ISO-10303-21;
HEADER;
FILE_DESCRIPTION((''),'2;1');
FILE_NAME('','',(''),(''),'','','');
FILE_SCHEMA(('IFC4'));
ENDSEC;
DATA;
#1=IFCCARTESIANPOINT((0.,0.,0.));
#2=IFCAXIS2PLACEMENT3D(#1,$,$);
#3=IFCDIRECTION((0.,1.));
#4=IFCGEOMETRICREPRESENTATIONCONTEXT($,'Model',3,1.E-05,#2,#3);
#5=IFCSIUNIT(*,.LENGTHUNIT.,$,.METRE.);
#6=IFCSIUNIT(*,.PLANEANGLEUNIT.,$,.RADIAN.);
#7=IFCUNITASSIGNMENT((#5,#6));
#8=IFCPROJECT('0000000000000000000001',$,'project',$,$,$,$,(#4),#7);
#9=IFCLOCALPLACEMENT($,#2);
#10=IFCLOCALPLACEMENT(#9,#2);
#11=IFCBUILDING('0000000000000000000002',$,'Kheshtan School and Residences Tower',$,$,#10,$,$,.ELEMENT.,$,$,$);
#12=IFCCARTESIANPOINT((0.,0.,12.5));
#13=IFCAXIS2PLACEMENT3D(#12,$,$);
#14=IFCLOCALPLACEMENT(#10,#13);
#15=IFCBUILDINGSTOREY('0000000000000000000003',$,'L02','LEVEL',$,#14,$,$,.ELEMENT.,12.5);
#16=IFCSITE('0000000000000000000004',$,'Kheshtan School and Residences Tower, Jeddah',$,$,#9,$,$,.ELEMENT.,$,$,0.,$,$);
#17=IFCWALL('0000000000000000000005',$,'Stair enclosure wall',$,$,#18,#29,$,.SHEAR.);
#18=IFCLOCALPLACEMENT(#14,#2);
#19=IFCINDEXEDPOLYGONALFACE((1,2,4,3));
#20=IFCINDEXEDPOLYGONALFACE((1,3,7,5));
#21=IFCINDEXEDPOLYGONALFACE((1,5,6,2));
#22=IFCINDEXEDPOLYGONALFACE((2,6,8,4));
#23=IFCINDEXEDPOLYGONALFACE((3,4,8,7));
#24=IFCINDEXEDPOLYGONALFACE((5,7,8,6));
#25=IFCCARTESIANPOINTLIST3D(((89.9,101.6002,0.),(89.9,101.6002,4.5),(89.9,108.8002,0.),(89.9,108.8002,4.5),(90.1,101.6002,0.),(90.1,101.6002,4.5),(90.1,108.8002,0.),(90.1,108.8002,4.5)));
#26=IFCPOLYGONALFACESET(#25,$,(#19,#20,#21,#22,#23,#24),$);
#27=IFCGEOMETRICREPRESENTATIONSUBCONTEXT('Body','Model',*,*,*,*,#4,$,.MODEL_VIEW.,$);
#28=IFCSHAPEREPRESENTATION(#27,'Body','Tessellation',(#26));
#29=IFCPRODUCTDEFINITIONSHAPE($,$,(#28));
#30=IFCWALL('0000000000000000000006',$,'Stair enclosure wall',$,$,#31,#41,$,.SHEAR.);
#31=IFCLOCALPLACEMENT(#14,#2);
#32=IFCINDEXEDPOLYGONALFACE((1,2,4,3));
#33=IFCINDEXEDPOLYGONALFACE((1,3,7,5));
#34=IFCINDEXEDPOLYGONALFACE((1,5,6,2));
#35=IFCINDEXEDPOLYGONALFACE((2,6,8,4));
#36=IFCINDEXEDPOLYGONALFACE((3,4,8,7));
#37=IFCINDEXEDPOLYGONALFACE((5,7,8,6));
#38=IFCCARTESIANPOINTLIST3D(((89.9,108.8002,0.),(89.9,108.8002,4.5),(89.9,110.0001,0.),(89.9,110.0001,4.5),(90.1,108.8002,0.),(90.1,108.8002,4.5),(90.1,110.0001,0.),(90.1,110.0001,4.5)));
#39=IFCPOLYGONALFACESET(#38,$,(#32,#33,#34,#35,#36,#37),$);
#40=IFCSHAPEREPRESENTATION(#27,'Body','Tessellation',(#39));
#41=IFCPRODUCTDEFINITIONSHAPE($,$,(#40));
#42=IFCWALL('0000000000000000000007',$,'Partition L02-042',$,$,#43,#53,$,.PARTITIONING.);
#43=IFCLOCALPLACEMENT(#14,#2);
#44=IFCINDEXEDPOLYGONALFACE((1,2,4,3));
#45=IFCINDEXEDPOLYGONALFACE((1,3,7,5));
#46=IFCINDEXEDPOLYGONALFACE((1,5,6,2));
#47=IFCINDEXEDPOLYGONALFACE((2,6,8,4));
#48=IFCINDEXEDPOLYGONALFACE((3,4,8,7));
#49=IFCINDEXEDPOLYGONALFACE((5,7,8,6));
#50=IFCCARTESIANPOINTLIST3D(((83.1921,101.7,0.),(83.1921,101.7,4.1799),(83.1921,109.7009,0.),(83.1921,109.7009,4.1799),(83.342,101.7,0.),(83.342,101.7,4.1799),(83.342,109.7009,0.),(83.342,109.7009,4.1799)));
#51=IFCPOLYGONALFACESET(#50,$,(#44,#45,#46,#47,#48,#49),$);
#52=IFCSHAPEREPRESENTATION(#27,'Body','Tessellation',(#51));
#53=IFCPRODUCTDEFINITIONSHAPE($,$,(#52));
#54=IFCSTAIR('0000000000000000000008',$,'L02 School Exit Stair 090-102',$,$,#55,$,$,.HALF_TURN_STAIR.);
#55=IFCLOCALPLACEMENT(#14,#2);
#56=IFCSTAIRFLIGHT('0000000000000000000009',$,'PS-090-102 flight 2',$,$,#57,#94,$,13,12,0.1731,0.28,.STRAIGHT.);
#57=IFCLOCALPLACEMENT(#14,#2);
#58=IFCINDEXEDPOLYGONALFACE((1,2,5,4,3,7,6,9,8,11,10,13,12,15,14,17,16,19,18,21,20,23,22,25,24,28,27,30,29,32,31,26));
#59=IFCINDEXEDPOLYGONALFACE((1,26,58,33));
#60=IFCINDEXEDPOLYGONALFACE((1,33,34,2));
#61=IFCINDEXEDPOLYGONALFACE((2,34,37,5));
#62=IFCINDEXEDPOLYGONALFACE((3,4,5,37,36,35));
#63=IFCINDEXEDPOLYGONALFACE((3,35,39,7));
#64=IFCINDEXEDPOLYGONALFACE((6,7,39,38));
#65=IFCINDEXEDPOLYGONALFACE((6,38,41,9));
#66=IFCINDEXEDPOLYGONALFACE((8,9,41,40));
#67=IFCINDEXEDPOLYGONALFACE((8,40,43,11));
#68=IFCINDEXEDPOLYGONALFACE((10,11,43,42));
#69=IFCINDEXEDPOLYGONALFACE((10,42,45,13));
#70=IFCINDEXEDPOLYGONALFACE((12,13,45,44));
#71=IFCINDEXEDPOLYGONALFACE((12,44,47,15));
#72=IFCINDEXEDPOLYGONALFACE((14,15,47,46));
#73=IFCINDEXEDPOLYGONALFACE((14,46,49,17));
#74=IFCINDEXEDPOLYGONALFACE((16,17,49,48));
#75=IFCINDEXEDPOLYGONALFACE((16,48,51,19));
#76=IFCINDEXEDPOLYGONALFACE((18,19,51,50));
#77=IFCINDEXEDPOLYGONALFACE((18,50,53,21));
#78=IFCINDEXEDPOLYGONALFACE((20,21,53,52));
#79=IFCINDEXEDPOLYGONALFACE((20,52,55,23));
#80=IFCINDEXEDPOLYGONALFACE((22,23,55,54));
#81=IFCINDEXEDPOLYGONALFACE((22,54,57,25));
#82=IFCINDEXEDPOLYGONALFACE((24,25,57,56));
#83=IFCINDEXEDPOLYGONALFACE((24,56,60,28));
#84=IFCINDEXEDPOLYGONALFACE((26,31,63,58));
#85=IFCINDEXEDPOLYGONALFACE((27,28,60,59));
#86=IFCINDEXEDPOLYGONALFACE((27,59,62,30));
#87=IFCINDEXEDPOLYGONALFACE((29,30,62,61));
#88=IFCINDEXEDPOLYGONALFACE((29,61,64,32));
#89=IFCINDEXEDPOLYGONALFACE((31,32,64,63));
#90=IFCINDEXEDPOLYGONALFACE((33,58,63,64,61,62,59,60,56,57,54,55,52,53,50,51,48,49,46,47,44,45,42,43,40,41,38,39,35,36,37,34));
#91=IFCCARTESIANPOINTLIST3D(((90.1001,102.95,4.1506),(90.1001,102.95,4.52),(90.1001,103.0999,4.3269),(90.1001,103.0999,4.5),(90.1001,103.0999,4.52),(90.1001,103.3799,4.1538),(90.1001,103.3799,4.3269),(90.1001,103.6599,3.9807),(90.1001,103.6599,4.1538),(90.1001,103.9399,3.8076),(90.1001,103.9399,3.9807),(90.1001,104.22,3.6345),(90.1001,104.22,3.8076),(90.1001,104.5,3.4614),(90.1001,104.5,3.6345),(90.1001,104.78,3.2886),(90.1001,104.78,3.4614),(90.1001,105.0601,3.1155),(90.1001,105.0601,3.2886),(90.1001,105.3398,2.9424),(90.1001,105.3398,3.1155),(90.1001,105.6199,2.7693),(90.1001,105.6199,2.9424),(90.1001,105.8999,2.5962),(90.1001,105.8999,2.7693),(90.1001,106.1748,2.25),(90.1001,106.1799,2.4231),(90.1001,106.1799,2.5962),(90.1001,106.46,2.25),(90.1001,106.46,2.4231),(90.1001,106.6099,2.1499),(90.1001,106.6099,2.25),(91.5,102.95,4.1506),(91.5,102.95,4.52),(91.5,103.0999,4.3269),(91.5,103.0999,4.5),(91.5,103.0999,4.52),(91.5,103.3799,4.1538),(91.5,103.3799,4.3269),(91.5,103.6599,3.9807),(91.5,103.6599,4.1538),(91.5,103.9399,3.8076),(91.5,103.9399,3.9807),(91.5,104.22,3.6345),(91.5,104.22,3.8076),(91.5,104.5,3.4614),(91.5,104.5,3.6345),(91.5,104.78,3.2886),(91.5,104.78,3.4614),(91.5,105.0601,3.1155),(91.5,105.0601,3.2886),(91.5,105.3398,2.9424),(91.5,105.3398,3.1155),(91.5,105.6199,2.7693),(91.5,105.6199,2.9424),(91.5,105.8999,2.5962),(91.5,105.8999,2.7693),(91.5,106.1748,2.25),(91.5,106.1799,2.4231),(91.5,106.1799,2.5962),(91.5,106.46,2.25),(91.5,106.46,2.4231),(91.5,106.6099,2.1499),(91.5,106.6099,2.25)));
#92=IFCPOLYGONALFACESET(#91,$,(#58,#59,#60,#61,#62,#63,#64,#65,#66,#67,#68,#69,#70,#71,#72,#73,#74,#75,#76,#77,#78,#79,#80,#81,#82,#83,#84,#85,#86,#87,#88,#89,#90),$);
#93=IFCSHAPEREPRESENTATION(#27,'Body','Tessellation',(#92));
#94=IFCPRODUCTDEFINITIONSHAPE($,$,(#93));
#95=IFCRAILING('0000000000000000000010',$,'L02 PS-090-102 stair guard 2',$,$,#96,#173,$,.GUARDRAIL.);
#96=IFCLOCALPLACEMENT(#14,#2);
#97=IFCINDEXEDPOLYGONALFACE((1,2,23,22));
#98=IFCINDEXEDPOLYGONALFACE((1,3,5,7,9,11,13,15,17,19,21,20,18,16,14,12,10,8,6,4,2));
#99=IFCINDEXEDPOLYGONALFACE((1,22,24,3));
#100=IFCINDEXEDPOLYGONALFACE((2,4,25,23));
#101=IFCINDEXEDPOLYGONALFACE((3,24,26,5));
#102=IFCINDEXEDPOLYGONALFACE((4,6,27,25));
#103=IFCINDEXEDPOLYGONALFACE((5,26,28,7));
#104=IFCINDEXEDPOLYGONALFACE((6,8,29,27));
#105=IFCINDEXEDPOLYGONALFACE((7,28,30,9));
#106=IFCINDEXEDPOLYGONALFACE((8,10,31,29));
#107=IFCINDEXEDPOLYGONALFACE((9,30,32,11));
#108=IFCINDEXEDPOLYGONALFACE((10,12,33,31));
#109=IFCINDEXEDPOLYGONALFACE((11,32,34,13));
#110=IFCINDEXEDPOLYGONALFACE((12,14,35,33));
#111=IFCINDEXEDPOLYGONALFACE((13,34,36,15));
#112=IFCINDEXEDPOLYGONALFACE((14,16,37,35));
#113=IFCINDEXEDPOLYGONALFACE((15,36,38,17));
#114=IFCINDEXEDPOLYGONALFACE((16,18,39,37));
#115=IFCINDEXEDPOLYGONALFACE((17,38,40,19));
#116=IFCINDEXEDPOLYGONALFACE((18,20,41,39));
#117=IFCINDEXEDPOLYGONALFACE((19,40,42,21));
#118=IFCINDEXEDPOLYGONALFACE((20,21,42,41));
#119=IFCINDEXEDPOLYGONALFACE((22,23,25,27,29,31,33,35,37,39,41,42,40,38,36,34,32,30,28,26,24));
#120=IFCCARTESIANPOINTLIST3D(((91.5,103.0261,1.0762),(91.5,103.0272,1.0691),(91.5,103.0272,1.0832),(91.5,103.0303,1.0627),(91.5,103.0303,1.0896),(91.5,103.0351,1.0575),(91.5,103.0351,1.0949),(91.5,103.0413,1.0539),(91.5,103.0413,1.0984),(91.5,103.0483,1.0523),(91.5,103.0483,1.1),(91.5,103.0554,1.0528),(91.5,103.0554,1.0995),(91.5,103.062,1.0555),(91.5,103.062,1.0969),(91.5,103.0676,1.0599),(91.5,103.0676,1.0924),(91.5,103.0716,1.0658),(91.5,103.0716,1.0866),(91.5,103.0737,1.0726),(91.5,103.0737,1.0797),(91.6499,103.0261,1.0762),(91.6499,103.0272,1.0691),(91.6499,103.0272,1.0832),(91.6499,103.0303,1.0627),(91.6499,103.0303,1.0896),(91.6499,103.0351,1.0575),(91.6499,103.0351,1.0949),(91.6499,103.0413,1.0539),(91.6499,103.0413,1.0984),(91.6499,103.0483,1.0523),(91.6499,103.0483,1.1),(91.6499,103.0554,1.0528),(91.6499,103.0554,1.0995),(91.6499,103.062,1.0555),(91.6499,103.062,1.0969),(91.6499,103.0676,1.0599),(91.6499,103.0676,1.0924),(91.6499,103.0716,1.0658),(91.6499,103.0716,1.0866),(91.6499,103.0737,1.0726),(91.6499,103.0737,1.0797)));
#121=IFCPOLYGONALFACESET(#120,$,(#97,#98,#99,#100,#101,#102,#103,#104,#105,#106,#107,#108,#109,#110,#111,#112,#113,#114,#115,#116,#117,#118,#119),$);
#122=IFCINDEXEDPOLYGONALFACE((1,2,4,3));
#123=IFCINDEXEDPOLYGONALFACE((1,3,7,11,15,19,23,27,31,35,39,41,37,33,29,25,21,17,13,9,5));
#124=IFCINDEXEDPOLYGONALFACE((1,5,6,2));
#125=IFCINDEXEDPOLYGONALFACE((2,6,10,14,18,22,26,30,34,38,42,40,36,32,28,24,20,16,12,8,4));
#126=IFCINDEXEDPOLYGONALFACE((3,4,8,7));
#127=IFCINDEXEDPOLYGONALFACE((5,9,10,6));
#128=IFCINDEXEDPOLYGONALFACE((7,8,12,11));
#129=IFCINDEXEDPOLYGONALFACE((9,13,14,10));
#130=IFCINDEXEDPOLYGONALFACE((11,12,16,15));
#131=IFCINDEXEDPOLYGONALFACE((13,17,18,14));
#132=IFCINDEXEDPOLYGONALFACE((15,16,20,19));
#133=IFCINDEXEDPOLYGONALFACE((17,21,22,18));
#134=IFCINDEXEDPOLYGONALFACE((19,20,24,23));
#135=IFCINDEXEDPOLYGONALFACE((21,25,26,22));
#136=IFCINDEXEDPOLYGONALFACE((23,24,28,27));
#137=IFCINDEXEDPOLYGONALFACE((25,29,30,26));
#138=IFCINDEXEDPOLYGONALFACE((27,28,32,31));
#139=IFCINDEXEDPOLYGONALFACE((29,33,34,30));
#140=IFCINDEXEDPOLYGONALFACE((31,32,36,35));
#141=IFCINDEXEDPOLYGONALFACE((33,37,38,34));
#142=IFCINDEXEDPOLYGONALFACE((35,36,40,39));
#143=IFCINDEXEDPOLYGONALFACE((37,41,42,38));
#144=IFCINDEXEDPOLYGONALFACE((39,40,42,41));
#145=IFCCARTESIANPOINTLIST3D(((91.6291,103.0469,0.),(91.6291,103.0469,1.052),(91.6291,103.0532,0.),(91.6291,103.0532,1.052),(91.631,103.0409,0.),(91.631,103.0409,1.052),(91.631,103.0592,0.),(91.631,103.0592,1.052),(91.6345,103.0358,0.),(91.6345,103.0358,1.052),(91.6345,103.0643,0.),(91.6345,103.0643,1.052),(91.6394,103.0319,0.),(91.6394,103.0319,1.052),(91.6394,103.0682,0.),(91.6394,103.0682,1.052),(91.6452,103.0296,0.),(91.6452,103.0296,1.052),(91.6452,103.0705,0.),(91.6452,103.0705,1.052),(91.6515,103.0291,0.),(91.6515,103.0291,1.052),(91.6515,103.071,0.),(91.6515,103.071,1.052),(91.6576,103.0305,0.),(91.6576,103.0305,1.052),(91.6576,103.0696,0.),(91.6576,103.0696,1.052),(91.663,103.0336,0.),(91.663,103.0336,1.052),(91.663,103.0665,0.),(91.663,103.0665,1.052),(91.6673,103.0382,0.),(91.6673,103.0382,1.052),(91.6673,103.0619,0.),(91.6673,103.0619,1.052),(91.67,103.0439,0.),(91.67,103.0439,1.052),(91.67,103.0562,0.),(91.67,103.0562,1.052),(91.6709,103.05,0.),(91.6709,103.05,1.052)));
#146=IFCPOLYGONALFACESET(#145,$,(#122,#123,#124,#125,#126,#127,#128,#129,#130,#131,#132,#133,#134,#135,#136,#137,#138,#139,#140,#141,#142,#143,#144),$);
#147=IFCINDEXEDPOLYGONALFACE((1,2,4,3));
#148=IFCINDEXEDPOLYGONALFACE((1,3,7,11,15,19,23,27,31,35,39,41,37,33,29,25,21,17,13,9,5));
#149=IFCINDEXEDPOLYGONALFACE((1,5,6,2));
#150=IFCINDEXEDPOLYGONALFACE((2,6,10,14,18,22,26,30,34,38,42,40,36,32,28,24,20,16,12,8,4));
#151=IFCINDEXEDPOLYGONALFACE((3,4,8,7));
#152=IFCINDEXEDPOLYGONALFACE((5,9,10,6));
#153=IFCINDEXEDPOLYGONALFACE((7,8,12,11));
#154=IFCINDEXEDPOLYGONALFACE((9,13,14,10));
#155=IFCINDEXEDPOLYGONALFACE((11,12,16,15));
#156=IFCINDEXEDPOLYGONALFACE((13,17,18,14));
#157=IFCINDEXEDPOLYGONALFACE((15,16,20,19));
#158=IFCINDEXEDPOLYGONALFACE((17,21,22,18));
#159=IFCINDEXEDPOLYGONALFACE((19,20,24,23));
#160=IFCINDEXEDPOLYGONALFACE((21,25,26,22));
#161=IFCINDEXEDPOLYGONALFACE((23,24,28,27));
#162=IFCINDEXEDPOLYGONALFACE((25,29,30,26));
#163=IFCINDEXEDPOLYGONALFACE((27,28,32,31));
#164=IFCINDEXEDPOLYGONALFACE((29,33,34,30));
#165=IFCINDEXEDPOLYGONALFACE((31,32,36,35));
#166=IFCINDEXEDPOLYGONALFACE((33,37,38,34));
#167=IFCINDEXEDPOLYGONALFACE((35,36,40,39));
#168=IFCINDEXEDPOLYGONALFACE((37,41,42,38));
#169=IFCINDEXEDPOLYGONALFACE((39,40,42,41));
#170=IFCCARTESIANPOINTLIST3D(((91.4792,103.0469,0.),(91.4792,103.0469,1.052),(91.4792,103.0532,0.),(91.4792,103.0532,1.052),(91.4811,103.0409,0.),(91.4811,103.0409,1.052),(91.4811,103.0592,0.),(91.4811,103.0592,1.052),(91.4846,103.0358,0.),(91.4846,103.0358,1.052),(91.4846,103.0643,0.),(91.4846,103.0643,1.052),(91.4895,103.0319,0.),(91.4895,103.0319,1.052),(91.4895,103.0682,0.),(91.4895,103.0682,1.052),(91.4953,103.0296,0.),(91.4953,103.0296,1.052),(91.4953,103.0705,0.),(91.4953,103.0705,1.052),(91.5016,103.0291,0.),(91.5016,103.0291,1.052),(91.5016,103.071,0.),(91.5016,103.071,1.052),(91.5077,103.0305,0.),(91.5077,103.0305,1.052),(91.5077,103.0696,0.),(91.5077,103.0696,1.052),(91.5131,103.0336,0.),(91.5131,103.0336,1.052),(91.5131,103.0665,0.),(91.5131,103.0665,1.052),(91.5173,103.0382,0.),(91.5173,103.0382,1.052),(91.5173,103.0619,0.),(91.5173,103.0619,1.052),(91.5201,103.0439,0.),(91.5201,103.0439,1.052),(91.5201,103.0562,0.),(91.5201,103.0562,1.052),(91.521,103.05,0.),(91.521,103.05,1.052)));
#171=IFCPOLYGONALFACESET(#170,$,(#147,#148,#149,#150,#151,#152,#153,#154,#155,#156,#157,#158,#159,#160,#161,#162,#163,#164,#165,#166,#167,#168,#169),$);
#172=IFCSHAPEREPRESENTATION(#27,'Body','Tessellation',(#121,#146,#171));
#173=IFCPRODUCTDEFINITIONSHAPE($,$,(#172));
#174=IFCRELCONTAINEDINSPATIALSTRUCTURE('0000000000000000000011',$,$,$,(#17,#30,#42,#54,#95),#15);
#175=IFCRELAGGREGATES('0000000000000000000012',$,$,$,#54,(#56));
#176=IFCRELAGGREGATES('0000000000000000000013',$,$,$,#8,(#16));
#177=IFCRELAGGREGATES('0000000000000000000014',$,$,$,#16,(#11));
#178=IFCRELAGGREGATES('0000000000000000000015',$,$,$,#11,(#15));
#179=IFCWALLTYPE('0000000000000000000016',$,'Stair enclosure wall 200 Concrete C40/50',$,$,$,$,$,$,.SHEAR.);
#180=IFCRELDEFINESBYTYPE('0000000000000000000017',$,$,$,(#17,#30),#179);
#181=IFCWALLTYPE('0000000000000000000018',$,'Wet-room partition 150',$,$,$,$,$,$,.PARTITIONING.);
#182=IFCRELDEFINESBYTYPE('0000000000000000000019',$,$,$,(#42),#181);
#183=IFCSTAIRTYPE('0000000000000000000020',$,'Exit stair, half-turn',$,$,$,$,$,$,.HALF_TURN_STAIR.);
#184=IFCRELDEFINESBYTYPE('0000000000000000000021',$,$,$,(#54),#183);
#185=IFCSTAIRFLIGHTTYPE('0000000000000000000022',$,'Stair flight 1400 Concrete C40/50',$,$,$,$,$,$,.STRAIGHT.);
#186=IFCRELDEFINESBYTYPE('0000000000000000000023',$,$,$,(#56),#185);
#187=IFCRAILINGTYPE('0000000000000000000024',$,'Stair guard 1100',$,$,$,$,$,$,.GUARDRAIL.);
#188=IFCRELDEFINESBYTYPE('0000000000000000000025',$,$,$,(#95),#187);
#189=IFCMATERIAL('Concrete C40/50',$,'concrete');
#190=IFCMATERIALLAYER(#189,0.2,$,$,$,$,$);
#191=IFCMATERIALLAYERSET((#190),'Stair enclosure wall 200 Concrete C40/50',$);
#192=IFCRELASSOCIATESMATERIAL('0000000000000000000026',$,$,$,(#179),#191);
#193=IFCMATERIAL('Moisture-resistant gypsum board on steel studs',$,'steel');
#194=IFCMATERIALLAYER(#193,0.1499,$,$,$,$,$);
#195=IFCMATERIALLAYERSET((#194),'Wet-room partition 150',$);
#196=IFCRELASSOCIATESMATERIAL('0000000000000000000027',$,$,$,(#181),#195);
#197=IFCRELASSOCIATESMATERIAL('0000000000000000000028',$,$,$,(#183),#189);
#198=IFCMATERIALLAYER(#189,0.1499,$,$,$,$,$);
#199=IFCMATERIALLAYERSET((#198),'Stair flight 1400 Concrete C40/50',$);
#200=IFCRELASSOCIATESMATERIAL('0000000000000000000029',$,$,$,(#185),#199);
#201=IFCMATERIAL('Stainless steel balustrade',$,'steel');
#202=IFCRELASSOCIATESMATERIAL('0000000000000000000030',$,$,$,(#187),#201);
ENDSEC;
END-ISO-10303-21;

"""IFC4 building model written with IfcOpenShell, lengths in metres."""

from ifc_helpers import new_model, si_unit, direction, frame, frame_2d, origin, origin_2d, place, context, subcontext, project, spatial, polyline, rectangle, circle, outline, extrude, material, layer, layer_set, type_object, element, aggregate, save


model = new_model("IFC4")

# Units and contexts
model_context = context("Model", 3, precision=1e-05, world=origin(), true_north=direction((0.0, 1.0)))
body_context = subcontext(model_context, "Body", "Model", "MODEL_VIEW")
ifc_project = project(units=[si_unit("LENGTHUNIT", "METRE"), si_unit("PLANEANGLEUNIT", "RADIAN")], contexts=[model_context])

# Site, building, storey
site_placement = place(None, origin())
site = spatial("IfcSite", under=ifc_project, at=site_placement, Name="Kheshtan School and Residences Tower, Jeddah", CompositionType="ELEMENT", RefElevation=0.0)
building_placement = place(site_placement, origin())
building = spatial("IfcBuilding", under=site, at=building_placement, Name="Kheshtan School and Residences Tower", CompositionType="ELEMENT")
storey_placement = place(building_placement, frame((0.0, 0.0, 12.5)))
storey = spatial("IfcBuildingStorey", under=building, at=storey_placement, Name="L02", Description="LEVEL", CompositionType="ELEMENT", Elevation=12.5)

# Shared definitions
ifc_material_1 = material(Name="Concrete C40/50", Category="concrete")
ifc_layer_1 = layer(ifc_material_1, 0.2)
ifc_layer_set_1 = layer_set([ifc_layer_1], Name="Stair enclosure wall 200 Concrete C40/50")
wall_type_1 = type_object("IfcWallType", Name="Stair enclosure wall 200 Concrete C40/50", PredefinedType="SHEAR", material=ifc_layer_set_1)

# Walls
wall_1_placement = place(storey_placement, frame((90.0, 101.6001, 0.0), z_axis=(0.0, 0.0, 1.0), x_axis=(0.0, 1.0, 0.0)))
element("IfcWall", 1, at=wall_1_placement, inside=storey, type_object=wall_type_1, Name="Stair enclosure wall", PredefinedType="SHEAR", context=body_context, shape_type="SweptSolid", body=[
    extrude(rectangle(XDim=7.2, YDim=0.2, at=frame_2d((3.6001, 0.0))), origin(), (0.0, 0.0, 1.0), 4.5),
])
wall_2_placement = place(storey_placement, frame((90.0, 108.8, 0.0), z_axis=(0.0, 0.0, 1.0), x_axis=(0.0, 1.0, 0.0)))
element("IfcWall", 2, at=wall_2_placement, inside=storey, type_object=wall_type_1, Name="Stair enclosure wall", PredefinedType="SHEAR", context=body_context, shape_type="SweptSolid", body=[
    extrude(rectangle(XDim=1.2, YDim=0.2, at=frame_2d((0.6001, 0.0))), origin(), (0.0, 0.0, 1.0), 4.5),
])
ifc_material_2 = material(Name="Moisture-resistant gypsum board on steel studs", Category="steel")
ifc_layer_2 = layer(ifc_material_2, 0.1499)
ifc_layer_set_2 = layer_set([ifc_layer_2], Name="Wet-room partition 150")
wall_type_2 = type_object("IfcWallType", Name="Wet-room partition 150", PredefinedType="PARTITIONING", material=ifc_layer_set_2)
wall_3_placement = place(storey_placement, frame((83.2671, 101.7, 0.0), z_axis=(0.0, 0.0, 1.0), x_axis=(0.0, 1.0, 0.0)))
element("IfcWall", 3, at=wall_3_placement, inside=storey, type_object=wall_type_2, Name="Partition L02-042", PredefinedType="PARTITIONING", context=body_context, shape_type="SweptSolid", body=[
    extrude(rectangle(XDim=8.001, YDim=0.1499, at=frame_2d((4.0005, 0.0))), origin(), (0.0, 0.0, 1.0), 4.1799),
])

# Stair, stair flight
stair_type = type_object("IfcStairType", Name="Exit stair, half-turn", PredefinedType="HALF_TURN_STAIR", material=ifc_material_1)
stair_placement = place(storey_placement, origin())
stair = element("IfcStair", 4, at=stair_placement, inside=storey, type_object=stair_type, Name="L02 School Exit Stair 090-102", PredefinedType="HALF_TURN_STAIR")
ifc_layer_3 = layer(ifc_material_1, 0.1499)
ifc_layer_set_3 = layer_set([ifc_layer_3], Name="Stair flight 1400 Concrete C40/50")
stair_flight_type = type_object("IfcStairFlightType", Name="Stair flight 1400 Concrete C40/50", PredefinedType="STRAIGHT", material=ifc_layer_set_3)
stair_flight_placement = place(storey_placement, frame((90.8, 106.46, 2.25), z_axis=(0.0, 0.0, 1.0), x_axis=(0.0, -1.0, 0.0)))
stair_flight = element("IfcStairFlight", 5, at=stair_flight_placement, type_object=stair_flight_type, Name="PS-090-102 flight 2", NumberOfRisers=13, NumberOfTreads=12, PredefinedType="STRAIGHT", RiserHeight=0.1731, TreadLength=0.28, context=body_context, shape_type="SweptSolid", body=[
    extrude(outline(polyline([(-0.1499, -0.1001), (-0.1499, 0.0), (0.0, 0.0), (0.0, 0.1731), (0.28, 0.1731), (0.28, 0.3462), (0.5601, 0.3462), (0.5601, 0.5193), (0.8401, 0.5193), (0.8401, 0.6924), (1.1201, 0.6924), (1.1201, 0.8655), (1.3999, 0.8655), (1.3999, 1.0386), (1.6799, 1.0386), (1.6799, 1.2114), (1.96, 1.2114), (1.96, 1.3845), (2.24, 1.3845), (2.24, 1.5576), (2.52, 1.5576), (2.52, 1.7307), (2.8, 1.7307), (2.8, 1.9038), (3.0801, 1.9038), (3.0801, 2.0769), (3.3601, 2.0769), (3.3601, 2.25), (3.3601, 2.27), (3.51, 2.27), (3.51, 1.9006), (0.2852, 0.0), (-0.1499, -0.1001)])), frame((0.0, 0.7, 0.0), z_axis=(0.0, -1.0, 0.0), x_axis=(1.0, 0.0, 0.0)), (0.0, 0.0, 1.0), 1.3999),
])
aggregate(stair, [stair_flight])

# Railing
ifc_material_3 = material(Name="Stainless steel balustrade", Category="steel")
railing_type_1 = type_object("IfcRailingType", Name="Stair guard 1100", PredefinedType="GUARDRAIL", material=ifc_material_3)
railing_1_placement = place(storey_placement, frame((91.6499, 103.05, 0.0)))
element("IfcRailing", 6, at=railing_1_placement, inside=storey, type_object=railing_type_1, Name="L02 PS-090-102 stair guard 2", PredefinedType="GUARDRAIL", context=body_context, shape_type="SweptSolid", body=[
    extrude(circle(Radius=0.0239, at=origin_2d()), frame((0.0, 0.0, 1.0762), z_axis=(-1.0, 0.0, 0.0), x_axis=(0.0, -1.0, 0.0)), (0.0, 0.0, 1.0), 0.1499),
    extrude(circle(Radius=0.021, at=origin_2d()), origin(), (0.0, 0.0, 1.0), 1.052),
    extrude(circle(Radius=0.021, at=origin_2d()), frame((-0.1499, 0.0, 0.0)), (0.0, 0.0, 1.0), 1.052),
])

save(model, "model.ifc")
